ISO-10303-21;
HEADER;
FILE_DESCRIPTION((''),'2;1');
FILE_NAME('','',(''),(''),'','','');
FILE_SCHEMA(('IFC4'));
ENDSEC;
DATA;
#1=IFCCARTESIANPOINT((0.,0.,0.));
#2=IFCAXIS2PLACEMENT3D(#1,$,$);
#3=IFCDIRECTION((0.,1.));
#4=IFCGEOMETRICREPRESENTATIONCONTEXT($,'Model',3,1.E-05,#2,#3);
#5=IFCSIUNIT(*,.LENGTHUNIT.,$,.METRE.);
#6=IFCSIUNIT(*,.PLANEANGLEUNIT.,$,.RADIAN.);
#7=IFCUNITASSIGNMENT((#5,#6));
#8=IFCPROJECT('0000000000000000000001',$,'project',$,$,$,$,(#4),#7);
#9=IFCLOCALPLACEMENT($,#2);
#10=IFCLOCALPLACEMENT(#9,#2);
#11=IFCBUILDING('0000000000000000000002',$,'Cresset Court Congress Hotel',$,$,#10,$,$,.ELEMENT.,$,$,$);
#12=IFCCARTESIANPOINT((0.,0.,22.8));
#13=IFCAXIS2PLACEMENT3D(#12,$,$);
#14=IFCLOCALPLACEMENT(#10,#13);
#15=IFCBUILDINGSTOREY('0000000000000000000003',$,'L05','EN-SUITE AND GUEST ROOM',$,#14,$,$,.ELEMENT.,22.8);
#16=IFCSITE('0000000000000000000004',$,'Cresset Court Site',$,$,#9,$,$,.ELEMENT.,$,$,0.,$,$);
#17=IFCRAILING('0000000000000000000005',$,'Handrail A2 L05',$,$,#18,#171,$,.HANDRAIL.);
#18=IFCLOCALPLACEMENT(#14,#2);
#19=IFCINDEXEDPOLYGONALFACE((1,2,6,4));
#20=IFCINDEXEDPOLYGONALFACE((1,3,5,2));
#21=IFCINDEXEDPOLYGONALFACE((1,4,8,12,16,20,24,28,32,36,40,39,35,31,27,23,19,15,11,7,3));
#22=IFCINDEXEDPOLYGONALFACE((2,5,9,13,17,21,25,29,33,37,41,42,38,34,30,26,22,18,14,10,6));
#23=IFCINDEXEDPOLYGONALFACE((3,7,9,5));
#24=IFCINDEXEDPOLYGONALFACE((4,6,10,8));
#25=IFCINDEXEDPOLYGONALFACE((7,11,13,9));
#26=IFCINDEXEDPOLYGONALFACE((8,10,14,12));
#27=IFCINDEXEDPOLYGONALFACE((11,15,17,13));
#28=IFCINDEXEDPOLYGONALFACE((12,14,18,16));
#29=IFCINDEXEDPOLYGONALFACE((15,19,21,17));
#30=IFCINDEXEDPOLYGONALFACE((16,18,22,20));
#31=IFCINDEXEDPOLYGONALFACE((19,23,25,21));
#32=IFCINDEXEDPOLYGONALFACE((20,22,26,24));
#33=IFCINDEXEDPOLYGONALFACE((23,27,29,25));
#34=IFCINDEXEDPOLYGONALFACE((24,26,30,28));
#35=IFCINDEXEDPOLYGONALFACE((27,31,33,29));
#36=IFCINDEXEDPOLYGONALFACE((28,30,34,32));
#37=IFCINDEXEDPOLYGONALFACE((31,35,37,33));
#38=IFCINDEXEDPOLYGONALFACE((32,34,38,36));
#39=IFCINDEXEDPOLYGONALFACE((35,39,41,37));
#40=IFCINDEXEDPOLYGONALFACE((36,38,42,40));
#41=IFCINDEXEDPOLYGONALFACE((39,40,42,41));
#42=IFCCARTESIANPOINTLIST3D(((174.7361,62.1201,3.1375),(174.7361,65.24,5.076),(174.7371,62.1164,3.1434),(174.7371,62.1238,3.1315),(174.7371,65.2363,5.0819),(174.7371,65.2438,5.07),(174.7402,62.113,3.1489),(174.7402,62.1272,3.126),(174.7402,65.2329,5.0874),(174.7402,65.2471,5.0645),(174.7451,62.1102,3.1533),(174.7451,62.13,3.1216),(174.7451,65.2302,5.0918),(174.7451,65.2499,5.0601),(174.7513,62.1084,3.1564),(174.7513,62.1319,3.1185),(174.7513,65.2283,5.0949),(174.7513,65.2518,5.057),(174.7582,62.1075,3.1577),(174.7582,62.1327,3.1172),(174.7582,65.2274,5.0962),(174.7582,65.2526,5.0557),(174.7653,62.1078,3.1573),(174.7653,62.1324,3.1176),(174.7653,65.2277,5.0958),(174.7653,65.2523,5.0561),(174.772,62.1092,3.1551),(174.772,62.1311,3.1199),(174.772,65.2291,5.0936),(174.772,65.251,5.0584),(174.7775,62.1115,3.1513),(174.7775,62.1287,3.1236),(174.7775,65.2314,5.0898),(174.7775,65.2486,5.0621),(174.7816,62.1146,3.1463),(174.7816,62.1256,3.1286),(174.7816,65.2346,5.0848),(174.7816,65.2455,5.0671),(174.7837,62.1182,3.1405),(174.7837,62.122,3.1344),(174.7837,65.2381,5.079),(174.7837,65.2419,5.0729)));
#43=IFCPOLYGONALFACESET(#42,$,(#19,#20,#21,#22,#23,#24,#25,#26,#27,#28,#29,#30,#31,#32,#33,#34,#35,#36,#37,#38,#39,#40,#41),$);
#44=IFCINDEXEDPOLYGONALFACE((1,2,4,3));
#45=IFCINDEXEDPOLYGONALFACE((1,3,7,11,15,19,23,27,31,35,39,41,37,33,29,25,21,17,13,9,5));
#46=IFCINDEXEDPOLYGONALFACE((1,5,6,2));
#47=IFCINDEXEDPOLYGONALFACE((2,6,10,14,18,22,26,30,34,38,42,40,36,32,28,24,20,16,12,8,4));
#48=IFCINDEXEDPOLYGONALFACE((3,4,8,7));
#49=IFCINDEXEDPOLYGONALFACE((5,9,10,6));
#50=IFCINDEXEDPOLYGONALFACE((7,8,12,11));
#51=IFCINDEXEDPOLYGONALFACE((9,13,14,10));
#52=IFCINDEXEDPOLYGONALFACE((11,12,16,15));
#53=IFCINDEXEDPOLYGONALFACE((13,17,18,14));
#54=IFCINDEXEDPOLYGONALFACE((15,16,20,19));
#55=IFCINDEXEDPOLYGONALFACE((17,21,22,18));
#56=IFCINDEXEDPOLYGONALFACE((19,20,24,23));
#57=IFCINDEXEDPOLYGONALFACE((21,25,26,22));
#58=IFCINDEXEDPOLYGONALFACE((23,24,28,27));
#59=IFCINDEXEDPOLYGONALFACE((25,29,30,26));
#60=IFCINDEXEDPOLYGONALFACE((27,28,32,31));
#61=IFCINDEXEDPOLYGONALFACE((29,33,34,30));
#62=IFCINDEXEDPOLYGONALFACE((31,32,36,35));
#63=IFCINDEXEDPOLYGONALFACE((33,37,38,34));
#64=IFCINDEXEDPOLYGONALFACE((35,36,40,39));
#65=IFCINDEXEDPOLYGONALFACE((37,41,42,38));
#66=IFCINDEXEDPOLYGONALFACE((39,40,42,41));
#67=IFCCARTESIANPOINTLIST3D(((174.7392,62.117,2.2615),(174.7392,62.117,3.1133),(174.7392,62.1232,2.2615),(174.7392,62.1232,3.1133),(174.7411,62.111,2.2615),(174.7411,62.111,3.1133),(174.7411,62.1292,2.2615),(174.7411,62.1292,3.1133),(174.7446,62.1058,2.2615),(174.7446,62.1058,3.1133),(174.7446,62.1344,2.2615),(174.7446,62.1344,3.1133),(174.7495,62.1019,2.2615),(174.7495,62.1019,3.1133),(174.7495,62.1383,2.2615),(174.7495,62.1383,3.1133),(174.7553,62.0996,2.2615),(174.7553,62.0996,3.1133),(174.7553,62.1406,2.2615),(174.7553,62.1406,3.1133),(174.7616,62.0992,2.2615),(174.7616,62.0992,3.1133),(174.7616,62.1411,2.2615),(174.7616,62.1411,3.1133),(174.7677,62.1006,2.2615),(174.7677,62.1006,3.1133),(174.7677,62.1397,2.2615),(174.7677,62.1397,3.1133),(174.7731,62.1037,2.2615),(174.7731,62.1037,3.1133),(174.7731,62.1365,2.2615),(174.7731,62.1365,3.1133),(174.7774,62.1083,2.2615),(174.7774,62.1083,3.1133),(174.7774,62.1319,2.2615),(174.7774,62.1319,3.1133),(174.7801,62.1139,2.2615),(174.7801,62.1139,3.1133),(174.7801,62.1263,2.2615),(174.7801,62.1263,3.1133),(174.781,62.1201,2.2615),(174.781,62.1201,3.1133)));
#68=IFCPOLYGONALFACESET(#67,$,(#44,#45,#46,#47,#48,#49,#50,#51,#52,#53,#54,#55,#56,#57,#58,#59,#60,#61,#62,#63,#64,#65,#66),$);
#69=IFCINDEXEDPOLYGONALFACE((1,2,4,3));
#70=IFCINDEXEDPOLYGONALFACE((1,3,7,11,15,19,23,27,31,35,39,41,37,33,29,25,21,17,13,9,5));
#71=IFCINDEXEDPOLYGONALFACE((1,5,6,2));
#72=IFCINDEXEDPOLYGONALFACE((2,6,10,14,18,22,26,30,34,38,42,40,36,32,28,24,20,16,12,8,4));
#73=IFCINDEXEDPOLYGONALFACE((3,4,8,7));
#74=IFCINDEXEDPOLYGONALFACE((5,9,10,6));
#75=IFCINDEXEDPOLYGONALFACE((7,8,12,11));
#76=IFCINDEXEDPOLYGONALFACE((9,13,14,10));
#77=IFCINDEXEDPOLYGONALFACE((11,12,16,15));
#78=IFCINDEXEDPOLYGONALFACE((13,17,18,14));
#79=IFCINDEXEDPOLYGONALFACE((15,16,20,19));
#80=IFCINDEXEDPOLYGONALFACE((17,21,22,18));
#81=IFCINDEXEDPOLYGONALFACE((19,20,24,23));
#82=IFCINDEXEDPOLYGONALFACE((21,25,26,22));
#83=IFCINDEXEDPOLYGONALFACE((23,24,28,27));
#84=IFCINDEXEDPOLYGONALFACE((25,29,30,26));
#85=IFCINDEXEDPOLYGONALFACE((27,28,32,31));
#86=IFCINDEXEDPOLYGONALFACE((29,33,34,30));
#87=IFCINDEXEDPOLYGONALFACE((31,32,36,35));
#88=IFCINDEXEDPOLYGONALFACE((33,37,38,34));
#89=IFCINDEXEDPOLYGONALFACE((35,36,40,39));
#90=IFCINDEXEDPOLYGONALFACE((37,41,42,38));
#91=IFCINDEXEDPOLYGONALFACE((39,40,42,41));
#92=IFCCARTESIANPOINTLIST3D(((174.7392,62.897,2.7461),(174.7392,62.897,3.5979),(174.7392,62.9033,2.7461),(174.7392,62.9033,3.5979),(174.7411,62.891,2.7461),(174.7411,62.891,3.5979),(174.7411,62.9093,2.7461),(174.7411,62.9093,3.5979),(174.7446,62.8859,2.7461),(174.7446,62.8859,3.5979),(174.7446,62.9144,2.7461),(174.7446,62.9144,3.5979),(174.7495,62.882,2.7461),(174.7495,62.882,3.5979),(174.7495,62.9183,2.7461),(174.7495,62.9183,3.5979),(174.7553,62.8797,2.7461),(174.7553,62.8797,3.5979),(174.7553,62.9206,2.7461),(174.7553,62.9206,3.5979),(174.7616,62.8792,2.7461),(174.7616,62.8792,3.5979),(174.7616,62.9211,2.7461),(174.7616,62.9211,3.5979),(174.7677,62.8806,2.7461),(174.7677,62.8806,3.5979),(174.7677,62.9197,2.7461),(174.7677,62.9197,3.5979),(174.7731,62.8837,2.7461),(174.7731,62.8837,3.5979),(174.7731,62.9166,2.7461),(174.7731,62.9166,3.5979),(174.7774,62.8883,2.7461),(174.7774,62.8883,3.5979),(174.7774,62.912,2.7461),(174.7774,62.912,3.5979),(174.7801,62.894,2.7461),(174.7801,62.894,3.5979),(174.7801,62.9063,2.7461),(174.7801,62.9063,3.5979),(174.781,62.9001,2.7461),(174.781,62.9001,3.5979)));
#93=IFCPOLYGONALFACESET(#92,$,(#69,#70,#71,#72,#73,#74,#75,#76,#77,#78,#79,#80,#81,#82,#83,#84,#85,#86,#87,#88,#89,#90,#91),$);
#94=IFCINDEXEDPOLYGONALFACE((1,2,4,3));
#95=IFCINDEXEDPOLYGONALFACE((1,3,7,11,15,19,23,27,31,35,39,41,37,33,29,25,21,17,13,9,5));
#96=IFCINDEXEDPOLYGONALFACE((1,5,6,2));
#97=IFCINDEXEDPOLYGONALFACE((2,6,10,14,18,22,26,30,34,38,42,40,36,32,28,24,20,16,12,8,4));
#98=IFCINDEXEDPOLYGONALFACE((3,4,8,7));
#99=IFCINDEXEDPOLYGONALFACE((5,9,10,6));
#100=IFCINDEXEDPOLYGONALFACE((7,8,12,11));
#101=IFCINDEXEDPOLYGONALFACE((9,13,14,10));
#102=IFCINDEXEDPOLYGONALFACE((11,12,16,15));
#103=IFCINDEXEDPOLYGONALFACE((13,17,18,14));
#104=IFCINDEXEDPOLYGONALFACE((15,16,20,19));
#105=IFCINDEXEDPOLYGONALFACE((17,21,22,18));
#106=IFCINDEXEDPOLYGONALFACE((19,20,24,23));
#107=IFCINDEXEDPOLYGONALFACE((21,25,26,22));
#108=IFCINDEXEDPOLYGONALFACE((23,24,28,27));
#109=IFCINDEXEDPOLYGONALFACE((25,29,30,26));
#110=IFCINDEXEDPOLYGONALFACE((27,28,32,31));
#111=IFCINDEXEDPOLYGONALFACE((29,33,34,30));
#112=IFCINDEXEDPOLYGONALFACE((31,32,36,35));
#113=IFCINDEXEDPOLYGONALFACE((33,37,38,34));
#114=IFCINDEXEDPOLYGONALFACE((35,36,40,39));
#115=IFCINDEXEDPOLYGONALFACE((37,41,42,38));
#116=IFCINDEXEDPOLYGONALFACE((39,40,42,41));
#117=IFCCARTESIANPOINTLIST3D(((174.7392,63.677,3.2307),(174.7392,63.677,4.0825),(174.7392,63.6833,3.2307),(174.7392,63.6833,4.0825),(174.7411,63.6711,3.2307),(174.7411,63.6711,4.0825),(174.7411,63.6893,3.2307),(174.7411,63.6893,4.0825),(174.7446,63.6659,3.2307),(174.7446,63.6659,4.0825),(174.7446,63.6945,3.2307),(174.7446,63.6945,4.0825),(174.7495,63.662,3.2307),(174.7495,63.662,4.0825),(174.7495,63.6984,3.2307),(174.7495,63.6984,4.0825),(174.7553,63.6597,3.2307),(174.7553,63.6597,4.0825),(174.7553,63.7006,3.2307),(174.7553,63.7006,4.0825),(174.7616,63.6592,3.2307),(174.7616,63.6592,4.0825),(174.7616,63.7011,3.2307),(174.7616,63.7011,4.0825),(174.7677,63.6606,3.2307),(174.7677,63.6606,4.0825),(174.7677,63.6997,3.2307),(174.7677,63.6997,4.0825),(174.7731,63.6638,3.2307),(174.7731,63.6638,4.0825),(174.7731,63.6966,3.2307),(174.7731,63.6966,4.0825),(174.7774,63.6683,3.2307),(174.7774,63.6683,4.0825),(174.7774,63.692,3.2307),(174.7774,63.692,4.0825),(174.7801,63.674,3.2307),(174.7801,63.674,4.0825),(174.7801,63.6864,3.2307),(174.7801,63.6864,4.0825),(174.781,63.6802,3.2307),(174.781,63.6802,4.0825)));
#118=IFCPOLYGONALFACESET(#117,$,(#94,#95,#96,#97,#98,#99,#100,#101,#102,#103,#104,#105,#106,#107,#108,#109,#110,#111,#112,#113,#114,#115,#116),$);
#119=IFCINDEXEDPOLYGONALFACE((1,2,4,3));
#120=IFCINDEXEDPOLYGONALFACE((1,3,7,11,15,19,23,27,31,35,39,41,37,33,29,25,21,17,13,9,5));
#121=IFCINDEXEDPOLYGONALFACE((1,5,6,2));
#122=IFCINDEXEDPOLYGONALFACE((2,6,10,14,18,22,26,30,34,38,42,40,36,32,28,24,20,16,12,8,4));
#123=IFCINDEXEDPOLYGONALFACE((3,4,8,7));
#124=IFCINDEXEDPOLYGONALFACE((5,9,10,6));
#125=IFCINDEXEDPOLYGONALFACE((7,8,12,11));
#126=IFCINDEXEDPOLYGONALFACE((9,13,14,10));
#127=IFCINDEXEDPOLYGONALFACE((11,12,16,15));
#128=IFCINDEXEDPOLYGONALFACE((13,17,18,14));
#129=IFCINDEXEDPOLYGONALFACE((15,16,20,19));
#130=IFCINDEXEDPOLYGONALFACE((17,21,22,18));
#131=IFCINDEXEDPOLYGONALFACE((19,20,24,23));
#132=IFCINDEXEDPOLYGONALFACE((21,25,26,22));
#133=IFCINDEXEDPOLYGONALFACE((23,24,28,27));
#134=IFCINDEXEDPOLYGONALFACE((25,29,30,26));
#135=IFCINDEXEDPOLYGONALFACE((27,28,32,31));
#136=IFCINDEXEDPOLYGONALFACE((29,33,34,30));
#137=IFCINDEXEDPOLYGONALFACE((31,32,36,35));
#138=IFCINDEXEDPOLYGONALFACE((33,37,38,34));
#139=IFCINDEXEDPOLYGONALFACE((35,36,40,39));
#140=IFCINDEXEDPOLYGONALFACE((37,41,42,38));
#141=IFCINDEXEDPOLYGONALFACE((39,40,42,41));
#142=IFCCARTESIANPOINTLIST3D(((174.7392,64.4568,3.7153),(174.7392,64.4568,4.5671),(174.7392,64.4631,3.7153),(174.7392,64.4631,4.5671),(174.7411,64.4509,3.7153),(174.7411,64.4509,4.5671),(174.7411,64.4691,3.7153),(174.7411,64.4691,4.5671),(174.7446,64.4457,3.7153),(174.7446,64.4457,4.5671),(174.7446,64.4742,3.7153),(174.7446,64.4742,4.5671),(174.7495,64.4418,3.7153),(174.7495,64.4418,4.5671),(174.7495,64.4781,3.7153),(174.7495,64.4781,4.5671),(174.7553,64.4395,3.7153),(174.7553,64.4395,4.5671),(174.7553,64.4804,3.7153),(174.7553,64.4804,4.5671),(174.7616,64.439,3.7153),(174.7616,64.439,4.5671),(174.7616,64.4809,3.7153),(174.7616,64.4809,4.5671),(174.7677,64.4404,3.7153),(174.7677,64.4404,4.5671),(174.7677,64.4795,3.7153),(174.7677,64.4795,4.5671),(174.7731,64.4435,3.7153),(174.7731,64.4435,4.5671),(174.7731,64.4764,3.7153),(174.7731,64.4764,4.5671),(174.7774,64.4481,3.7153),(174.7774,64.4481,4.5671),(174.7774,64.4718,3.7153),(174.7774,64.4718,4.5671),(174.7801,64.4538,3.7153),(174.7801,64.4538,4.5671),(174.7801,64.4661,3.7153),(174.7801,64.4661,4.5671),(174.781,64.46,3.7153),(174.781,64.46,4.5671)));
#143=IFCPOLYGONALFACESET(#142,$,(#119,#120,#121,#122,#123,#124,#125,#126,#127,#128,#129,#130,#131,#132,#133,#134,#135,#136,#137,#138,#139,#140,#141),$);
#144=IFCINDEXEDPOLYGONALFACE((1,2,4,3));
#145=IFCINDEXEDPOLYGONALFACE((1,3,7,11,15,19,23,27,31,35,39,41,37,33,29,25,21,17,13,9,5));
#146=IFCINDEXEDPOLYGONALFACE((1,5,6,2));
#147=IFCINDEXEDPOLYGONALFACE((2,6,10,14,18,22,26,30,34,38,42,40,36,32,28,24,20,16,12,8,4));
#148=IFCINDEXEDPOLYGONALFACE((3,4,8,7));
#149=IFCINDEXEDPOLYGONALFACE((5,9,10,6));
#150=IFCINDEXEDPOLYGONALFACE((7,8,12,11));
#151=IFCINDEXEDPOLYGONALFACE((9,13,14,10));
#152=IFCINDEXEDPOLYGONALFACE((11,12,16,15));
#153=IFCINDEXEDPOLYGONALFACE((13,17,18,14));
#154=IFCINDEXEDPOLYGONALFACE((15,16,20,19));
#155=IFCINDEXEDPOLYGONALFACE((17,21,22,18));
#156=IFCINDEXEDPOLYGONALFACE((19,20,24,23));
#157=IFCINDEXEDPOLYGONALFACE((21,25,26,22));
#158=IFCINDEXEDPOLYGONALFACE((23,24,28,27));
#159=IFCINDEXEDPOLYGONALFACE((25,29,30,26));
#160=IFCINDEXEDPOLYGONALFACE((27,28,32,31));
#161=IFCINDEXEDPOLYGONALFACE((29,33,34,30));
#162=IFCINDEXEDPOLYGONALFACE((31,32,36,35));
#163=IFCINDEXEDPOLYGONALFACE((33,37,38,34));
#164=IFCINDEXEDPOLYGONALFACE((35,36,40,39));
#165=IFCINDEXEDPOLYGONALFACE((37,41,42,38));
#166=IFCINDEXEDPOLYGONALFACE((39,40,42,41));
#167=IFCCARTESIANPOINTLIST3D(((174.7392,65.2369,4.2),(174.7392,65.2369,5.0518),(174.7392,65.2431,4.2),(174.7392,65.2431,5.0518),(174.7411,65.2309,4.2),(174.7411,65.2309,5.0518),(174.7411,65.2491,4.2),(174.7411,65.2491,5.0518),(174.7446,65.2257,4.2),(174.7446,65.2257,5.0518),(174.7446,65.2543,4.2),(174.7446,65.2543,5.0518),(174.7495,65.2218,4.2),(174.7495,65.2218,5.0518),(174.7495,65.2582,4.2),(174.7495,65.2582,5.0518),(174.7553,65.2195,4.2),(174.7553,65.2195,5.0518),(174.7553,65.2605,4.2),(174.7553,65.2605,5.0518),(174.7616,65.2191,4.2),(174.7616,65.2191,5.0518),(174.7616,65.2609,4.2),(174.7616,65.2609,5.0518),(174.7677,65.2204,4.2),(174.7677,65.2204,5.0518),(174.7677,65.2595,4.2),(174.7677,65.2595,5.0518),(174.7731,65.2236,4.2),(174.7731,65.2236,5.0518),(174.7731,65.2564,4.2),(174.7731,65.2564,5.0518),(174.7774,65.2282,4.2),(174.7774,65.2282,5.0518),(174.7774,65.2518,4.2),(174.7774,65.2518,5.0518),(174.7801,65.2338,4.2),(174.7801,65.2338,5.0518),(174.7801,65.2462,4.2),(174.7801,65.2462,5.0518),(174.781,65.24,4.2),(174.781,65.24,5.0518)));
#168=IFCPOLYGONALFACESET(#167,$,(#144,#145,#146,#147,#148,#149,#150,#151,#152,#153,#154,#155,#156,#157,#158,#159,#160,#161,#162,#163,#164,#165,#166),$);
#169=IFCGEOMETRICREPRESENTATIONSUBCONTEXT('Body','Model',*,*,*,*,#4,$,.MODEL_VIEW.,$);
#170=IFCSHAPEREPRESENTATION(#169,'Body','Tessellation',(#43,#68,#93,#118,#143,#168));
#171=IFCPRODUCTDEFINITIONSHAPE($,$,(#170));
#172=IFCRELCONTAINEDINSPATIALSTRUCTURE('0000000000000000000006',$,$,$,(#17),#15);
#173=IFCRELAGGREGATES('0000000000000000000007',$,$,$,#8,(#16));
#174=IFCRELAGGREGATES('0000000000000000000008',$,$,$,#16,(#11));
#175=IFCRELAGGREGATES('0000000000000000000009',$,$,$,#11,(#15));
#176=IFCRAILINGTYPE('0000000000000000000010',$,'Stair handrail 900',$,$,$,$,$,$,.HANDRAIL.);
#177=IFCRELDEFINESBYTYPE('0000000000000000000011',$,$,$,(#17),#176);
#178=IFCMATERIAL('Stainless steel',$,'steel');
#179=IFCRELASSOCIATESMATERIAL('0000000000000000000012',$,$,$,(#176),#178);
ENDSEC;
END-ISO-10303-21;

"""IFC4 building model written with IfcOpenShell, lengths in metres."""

from ifc_helpers import new_model, si_unit, direction, frame, origin, origin_2d, place, context, subcontext, project, spatial, circle, extrude, material, type_object, element, save


model = new_model("IFC4")

# Units and contexts
model_context = context("Model", 3, precision=1e-05, world=origin(), true_north=direction((0.0, 1.0)))
body_context = subcontext(model_context, "Body", "Model", "MODEL_VIEW")
ifc_project = project(units=[si_unit("LENGTHUNIT", "METRE"), si_unit("PLANEANGLEUNIT", "RADIAN")], contexts=[model_context])

# Site, building, storey
site_placement = place(None, origin())
site = spatial("IfcSite", under=ifc_project, at=site_placement, Name="Cresset Court Site", CompositionType="ELEMENT", RefElevation=0.0)
building_placement = place(site_placement, origin())
building = spatial("IfcBuilding", under=site, at=building_placement, Name="Cresset Court Congress Hotel", CompositionType="ELEMENT")
storey_placement = place(building_placement, frame((0.0, 0.0, 22.8)))
storey = spatial("IfcBuildingStorey", under=building, at=storey_placement, Name="L05", Description="EN-SUITE AND GUEST ROOM", CompositionType="ELEMENT", Elevation=22.8)

# Railing
ifc_material_1 = material(Name="Stainless steel", Category="steel")
railing_type_1 = type_object("IfcRailingType", Name="Stair handrail 900", PredefinedType="HANDRAIL", material=ifc_material_1)
for number, where, name in (
    (1, (174.76, 62.1201, 2.2615), "Handrail A2 L05"),
):
    element("IfcRailing", number, at=place(storey_placement, frame(where)), inside=storey, type_object=railing_type_1, Name=name, PredefinedType="HANDRAIL", context=body_context, shape_type="SweptSolid", body=[
        extrude(circle(Radius=0.0239, at=origin_2d()), frame((0.0, 0.0, 0.876), z_axis=(0.0, 0.849396, 0.527757), x_axis=(-1.0, 0.0, 0.0)), (0.0, 0.0, 1.0), 3.6731),
        extrude(circle(Radius=0.021, at=origin_2d()), origin(), (0.0, 0.0, 1.0), 0.8518),
        extrude(circle(Radius=0.021, at=origin_2d()), frame((0.0, 0.78, 0.4846)), (0.0, 0.0, 1.0), 0.8518),
        extrude(circle(Radius=0.021, at=origin_2d()), frame((0.0, 1.5601, 0.9692)), (0.0, 0.0, 1.0), 0.8518),
        extrude(circle(Radius=0.021, at=origin_2d()), frame((0.0, 2.3398, 1.4539)), (0.0, 0.0, 1.0), 0.8518),
        extrude(circle(Radius=0.021, at=origin_2d()), frame((0.0, 3.1199, 1.9385)), (0.0, 0.0, 1.0), 0.8518),
    ])

save(model, "model.ifc")
